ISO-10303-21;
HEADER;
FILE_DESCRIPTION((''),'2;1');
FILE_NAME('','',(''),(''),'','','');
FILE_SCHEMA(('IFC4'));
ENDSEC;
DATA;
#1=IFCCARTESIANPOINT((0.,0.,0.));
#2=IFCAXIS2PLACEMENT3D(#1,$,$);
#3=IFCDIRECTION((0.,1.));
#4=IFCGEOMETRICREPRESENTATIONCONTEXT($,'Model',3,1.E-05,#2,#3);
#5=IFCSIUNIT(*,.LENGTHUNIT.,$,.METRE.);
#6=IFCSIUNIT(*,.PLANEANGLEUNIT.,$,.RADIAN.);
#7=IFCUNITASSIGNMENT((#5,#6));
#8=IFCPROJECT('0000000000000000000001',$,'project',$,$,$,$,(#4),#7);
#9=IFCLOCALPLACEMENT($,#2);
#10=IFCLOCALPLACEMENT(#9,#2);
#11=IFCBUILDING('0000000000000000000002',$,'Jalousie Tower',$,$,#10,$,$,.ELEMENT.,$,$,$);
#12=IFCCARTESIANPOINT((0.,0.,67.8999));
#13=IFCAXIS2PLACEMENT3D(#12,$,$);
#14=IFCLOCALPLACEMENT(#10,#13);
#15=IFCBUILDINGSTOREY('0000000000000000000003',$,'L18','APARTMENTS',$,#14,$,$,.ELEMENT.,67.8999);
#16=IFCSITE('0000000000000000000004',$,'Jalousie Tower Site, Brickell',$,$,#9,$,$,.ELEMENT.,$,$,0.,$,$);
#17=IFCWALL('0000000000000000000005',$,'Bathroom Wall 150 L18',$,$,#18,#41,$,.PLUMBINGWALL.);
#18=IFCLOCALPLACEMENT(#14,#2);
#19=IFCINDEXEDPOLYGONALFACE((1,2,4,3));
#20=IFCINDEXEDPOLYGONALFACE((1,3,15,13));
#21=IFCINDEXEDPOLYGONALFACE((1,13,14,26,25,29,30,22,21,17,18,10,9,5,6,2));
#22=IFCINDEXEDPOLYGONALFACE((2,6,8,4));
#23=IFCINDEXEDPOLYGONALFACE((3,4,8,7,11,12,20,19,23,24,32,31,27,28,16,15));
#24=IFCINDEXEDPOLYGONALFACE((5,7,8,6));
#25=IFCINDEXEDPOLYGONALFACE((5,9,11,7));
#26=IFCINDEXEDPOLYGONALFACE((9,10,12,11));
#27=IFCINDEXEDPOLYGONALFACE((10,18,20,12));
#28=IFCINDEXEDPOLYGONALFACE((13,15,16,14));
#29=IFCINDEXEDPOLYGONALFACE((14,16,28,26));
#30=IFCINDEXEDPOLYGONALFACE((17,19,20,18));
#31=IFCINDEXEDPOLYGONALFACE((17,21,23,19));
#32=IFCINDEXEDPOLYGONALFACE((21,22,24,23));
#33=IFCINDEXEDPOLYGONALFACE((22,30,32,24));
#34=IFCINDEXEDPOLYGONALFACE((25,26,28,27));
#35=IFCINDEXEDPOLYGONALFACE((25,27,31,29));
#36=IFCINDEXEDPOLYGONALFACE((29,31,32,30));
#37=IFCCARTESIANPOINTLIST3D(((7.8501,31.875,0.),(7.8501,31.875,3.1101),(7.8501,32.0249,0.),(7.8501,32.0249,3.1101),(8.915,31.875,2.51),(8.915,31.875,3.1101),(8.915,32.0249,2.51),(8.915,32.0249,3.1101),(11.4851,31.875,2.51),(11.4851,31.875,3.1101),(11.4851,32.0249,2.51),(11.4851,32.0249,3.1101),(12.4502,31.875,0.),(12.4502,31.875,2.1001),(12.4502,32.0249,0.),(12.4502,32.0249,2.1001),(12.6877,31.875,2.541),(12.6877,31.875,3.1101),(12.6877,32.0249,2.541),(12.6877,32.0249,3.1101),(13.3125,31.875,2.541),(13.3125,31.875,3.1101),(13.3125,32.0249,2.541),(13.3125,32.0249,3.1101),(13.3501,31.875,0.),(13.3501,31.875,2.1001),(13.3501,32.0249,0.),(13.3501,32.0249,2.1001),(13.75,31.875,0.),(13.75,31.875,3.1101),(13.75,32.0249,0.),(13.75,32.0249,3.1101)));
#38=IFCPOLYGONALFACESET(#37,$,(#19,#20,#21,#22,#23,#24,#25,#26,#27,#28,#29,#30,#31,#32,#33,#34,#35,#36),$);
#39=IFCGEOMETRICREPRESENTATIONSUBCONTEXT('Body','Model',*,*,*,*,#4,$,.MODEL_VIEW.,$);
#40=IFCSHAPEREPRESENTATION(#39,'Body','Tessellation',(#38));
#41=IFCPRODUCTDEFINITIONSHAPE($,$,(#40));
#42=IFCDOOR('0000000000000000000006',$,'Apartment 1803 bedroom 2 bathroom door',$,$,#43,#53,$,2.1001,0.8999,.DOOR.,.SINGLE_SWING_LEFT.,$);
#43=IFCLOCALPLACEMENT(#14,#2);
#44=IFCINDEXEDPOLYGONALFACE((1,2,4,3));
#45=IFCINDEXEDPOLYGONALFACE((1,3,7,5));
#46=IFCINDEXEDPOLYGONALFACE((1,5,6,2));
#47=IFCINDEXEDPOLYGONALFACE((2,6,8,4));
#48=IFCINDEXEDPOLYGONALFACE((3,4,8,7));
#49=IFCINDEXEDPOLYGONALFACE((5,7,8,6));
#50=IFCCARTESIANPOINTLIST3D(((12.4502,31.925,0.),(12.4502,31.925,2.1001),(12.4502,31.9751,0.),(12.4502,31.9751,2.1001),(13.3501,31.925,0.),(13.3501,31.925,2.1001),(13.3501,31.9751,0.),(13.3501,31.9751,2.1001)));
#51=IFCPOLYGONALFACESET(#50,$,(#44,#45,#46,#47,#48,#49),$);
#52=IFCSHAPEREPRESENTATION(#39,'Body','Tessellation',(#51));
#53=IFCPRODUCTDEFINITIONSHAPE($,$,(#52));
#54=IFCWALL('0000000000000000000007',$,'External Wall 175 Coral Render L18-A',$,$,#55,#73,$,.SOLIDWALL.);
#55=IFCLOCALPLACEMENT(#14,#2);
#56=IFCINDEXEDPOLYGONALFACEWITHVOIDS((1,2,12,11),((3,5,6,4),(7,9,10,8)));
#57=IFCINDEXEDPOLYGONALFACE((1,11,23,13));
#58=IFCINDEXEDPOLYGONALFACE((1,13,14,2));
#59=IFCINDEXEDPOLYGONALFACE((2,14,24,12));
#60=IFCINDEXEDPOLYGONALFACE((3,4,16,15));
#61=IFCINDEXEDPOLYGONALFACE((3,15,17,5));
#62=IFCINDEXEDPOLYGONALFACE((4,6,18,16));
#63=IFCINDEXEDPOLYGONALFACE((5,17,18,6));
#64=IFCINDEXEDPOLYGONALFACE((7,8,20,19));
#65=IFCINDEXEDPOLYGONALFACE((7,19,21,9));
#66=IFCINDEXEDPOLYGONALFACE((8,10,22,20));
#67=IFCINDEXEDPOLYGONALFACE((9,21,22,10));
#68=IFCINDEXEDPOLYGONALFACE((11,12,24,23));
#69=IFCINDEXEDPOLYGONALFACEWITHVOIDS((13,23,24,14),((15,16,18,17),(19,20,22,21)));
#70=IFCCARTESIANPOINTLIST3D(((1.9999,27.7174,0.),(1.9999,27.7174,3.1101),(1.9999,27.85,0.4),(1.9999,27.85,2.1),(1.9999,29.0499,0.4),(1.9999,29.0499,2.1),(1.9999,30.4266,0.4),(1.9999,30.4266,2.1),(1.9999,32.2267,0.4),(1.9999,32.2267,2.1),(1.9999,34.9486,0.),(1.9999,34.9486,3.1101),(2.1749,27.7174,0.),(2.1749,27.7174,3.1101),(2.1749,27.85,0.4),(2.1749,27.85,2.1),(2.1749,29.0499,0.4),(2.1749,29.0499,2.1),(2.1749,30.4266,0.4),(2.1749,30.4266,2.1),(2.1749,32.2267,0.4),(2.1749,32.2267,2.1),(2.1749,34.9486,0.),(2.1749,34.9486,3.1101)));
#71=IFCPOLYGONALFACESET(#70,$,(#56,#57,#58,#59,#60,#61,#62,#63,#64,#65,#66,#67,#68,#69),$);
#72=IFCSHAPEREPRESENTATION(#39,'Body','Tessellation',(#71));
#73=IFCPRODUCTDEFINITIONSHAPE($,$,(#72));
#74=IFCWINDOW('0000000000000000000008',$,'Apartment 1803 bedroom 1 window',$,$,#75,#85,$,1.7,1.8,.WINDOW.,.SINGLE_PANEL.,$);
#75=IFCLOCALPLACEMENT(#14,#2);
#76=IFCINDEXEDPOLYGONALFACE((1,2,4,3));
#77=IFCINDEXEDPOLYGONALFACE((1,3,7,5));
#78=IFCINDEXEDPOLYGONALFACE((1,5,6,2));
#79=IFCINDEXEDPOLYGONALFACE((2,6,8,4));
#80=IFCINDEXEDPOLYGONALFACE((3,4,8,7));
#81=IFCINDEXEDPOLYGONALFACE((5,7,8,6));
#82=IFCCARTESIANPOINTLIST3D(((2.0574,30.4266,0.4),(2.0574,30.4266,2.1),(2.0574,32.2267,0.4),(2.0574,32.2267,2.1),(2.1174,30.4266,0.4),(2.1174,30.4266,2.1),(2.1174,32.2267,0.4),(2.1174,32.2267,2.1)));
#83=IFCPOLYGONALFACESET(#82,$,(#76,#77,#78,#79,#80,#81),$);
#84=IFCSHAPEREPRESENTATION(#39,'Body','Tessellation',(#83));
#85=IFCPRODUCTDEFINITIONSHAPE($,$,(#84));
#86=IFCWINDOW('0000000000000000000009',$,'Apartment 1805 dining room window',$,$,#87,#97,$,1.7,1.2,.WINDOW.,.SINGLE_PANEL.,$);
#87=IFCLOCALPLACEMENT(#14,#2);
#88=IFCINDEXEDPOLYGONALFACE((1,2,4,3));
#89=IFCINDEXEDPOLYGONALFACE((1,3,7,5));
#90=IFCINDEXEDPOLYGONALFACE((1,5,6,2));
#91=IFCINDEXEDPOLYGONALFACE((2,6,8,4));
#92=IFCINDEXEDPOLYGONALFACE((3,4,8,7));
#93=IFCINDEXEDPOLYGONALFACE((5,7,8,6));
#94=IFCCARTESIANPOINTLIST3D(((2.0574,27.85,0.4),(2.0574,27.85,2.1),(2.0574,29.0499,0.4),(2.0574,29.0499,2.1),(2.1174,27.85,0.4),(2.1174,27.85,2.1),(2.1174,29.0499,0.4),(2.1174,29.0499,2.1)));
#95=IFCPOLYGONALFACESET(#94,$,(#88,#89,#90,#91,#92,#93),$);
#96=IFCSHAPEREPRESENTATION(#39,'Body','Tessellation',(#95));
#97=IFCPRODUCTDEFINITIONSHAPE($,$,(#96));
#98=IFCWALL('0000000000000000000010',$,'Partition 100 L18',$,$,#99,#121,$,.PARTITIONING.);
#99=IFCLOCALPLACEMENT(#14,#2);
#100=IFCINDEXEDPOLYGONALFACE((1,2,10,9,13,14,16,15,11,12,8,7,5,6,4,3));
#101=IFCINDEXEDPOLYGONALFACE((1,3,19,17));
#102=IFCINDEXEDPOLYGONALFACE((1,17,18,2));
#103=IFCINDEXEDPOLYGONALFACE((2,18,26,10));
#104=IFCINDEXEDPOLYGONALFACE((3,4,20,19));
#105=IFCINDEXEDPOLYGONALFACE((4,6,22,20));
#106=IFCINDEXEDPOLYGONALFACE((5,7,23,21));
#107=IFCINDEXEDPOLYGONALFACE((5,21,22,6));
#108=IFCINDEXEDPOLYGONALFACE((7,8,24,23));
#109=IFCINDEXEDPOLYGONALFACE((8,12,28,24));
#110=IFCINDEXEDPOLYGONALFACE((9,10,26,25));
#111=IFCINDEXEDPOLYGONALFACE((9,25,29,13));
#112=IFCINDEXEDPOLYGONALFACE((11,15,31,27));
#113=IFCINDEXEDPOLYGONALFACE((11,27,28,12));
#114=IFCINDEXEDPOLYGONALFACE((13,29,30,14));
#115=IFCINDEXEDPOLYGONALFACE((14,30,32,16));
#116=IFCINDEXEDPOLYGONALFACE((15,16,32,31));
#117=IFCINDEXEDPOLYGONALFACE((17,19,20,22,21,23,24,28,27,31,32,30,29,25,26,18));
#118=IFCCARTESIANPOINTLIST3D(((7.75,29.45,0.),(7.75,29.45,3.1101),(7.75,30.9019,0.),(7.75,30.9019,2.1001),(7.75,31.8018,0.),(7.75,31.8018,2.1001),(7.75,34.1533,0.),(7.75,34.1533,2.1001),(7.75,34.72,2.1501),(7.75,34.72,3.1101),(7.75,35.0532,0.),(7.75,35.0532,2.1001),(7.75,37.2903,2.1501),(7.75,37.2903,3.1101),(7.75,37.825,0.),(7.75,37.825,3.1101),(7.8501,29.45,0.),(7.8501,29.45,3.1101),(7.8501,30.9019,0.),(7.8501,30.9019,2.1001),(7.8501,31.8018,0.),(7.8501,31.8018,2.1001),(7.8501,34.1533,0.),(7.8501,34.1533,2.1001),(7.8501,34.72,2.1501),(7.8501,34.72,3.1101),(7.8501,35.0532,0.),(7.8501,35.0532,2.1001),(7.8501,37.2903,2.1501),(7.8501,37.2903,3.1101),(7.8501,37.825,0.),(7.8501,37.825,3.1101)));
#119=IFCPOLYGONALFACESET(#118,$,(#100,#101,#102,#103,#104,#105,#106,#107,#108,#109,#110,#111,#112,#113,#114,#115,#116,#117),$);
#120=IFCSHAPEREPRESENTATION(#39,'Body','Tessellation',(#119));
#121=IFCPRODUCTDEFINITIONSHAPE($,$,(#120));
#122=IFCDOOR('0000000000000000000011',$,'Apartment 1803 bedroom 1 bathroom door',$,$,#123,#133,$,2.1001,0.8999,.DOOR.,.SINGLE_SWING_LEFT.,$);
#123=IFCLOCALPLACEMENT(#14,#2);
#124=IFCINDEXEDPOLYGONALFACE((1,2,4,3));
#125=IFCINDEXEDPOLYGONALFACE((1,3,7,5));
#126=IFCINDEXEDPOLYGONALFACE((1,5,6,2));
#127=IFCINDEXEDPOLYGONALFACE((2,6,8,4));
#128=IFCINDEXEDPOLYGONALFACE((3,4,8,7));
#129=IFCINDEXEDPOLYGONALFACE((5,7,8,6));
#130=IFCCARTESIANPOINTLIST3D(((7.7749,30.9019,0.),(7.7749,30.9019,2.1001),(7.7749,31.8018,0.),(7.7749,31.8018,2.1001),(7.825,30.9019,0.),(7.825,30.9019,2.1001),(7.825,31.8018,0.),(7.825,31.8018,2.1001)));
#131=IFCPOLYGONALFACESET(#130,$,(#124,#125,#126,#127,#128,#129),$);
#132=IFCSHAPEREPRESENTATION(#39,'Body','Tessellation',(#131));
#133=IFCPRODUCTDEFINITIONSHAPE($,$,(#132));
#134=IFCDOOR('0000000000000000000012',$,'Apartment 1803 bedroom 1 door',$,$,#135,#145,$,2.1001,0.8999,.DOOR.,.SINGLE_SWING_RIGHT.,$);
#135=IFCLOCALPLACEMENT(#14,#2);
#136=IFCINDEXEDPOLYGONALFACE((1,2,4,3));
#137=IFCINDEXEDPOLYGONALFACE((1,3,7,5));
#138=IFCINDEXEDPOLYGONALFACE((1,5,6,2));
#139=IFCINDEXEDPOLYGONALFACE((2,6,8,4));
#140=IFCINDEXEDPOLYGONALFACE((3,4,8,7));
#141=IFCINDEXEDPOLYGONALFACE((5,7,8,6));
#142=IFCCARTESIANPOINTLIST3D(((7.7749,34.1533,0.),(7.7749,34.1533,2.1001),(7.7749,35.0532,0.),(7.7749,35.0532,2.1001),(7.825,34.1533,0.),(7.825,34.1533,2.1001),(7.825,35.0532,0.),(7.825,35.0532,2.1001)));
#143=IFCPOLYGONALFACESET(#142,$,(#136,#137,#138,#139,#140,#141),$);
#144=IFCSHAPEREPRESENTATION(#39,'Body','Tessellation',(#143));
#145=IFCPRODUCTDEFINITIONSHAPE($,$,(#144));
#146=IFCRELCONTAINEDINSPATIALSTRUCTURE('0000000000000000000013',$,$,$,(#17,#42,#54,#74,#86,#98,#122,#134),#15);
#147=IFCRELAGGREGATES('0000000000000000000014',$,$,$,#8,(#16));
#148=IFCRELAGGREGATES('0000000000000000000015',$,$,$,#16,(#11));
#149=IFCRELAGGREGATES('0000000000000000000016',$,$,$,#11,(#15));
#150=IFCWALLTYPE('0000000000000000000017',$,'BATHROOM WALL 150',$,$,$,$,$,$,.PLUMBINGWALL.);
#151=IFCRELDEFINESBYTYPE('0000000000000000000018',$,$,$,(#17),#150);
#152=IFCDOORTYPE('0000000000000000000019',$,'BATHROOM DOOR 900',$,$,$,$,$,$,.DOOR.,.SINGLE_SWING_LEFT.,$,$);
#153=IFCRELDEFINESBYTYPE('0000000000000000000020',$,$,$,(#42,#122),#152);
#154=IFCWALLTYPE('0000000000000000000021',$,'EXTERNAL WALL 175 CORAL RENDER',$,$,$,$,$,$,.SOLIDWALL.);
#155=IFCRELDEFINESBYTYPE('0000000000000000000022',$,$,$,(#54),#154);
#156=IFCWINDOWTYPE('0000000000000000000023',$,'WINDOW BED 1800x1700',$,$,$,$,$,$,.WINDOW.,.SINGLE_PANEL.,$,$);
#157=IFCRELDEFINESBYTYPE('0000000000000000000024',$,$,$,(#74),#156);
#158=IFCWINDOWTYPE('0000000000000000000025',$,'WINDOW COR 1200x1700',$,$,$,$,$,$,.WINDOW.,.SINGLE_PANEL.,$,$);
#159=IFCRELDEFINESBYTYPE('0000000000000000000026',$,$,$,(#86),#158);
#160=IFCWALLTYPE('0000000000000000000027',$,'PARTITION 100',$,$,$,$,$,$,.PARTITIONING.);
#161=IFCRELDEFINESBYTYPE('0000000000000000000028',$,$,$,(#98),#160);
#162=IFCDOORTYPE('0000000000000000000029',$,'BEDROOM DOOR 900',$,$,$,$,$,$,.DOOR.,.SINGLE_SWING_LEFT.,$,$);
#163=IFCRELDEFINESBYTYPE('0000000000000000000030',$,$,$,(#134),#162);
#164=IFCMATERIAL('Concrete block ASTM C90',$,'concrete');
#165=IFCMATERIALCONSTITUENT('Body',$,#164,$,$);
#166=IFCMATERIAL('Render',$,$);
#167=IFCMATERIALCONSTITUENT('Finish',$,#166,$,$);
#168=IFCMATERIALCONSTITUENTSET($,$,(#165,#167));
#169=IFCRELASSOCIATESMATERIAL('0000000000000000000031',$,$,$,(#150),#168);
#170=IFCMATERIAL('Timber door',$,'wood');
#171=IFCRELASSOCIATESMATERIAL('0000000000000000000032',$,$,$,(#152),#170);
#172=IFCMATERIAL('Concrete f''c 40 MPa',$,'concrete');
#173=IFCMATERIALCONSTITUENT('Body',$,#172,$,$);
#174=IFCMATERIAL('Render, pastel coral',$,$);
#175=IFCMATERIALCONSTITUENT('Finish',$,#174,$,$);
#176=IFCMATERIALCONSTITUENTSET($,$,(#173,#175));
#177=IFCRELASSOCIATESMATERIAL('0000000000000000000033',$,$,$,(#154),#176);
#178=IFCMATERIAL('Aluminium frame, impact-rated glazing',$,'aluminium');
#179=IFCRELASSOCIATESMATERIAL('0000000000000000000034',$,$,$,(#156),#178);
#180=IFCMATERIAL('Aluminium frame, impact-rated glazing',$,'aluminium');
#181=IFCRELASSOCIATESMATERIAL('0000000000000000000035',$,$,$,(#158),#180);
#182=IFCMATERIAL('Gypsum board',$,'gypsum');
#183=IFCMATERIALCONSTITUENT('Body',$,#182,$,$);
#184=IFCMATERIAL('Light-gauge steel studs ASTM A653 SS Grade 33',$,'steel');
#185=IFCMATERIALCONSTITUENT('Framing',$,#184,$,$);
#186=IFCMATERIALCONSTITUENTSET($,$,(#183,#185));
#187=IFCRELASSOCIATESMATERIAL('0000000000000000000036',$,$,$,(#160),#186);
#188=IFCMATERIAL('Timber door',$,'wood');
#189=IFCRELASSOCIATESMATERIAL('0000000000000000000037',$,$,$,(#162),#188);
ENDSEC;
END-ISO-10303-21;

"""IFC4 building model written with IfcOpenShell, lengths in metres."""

from ifc_helpers import new_model, si_unit, direction, frame, frame_2d, origin, place, context, subcontext, project, spatial, polyline, rectangle, outline, extrude, material, constituent, constituent_set, type_object, element, fill, save


model = new_model("IFC4")

# Units and contexts
model_context = context("Model", 3, precision=1e-05, world=origin(), true_north=direction((0.0, 1.0)))
body_context = subcontext(model_context, "Body", "Model", "MODEL_VIEW")
ifc_project = project(units=[si_unit("LENGTHUNIT", "METRE"), si_unit("PLANEANGLEUNIT", "RADIAN")], contexts=[model_context])

# Site, building, storey
site_placement = place(None, origin())
site = spatial("IfcSite", under=ifc_project, at=site_placement, Name="Jalousie Tower Site, Brickell", CompositionType="ELEMENT", RefElevation=0.0)
building_placement = place(site_placement, origin())
building = spatial("IfcBuilding", under=site, at=building_placement, Name="Jalousie Tower", CompositionType="ELEMENT")
storey_placement = place(building_placement, frame((0.0, 0.0, 67.8999)))
storey = spatial("IfcBuildingStorey", under=building, at=storey_placement, Name="L18", Description="APARTMENTS", CompositionType="ELEMENT", Elevation=67.8999)

# Wall, opening, door
ifc_material_1 = material(Name="Concrete block ASTM C90", Category="concrete")
ifc_constituent_1 = constituent(ifc_material_1, Name="Body")
ifc_material_2 = material(Name="Render")
ifc_constituent_2 = constituent(ifc_material_2, Name="Finish")
ifc_constituent_set_1 = constituent_set(constituents=[ifc_constituent_1, ifc_constituent_2])
wall_type_1 = type_object("IfcWallType", Name="BATHROOM WALL 150", PredefinedType="PLUMBINGWALL", material=ifc_constituent_set_1)
wall_1_placement = place(storey_placement, frame((7.8501, 31.95, 0.0), z_axis=(0.0, 0.0, 1.0), x_axis=(1.0, 0.0, 0.0)))
wall_1 = element("IfcWall", 1, at=wall_1_placement, inside=storey, type_object=wall_type_1, Name="Bathroom Wall 150 L18", PredefinedType="PLUMBINGWALL", context=body_context, shape_type="SweptSolid", body=[
    extrude(outline(polyline([(0.0, 0.0), (5.8999, 0.0), (5.8999, 3.1101), (5.4624, 3.1101), (5.4624, 2.541), (4.8376, 2.541), (4.8376, 3.1101), (3.635, 3.1101), (3.635, 2.51), (1.0649, 2.51), (1.0649, 3.1101), (0.0, 3.1101), (0.0, 0.0)])), frame((0.0, 0.075, 0.0), z_axis=(0.0, -1.0, 0.0), x_axis=(1.0, 0.0, 0.0)), (0.0, 0.0, 1.0), 0.1499),
])
opening_1_placement = place(wall_1_placement, frame((4.6001, 0.0, 0.0)))
opening_1 = element("IfcOpeningElement", 2, at=opening_1_placement, cuts=wall_1, PredefinedType="OPENING", context=body_context, shape_type="SweptSolid", body=[
    extrude(rectangle(XDim=0.8999, YDim=2.1001, at=frame_2d((0.45, 1.05))), frame((0.0, 0.085, 0.0), z_axis=(0.0, -1.0, 0.0), x_axis=(1.0, 0.0, 0.0)), (0.0, 0.0, 1.0), 0.1699),
])
ifc_material_3 = material(Name="Timber door", Category="wood")
door_type_1 = type_object("IfcDoorType", Name="BATHROOM DOOR 900", OperationType="SINGLE_SWING_LEFT", PredefinedType="DOOR", material=ifc_material_3)
door_1_placement = place(opening_1_placement, frame((0.8999, 0.0, 0.0), z_axis=(0.0, 0.0, 1.0), x_axis=(-1.0, 0.0, 0.0)))
door_1 = element("IfcDoor", 3, at=door_1_placement, inside=storey, type_object=door_type_1, Name="Apartment 1803 bedroom 2 bathroom door", OperationType="SINGLE_SWING_LEFT", OverallHeight=2.1001, OverallWidth=0.8999, PredefinedType="DOOR", context=body_context, shape_type="SweptSolid", body=[
    extrude(rectangle(XDim=0.8999, YDim=2.1001, at=frame_2d((0.45, 1.05))), frame((0.0, 0.0249, 0.0), z_axis=(0.0, -1.0, 0.0), x_axis=(1.0, 0.0, 0.0)), (0.0, 0.0, 1.0), 0.05),
])
fill(opening_1, door_1)

# Wall, openings, windows
ifc_material_4 = material(Name="Concrete f'c 40 MPa", Category="concrete")
ifc_constituent_3 = constituent(ifc_material_4, Name="Body")
ifc_material_5 = material(Name="Render, pastel coral")
ifc_constituent_4 = constituent(ifc_material_5, Name="Finish")
ifc_constituent_set_2 = constituent_set(constituents=[ifc_constituent_3, ifc_constituent_4])
wall_type_2 = type_object("IfcWallType", Name="EXTERNAL WALL 175 CORAL RENDER", PredefinedType="SOLIDWALL", material=ifc_constituent_set_2)
wall_2_placement = place(storey_placement, frame((2.0874, 34.9487, 0.0), z_axis=(0.0, 0.0, 1.0), x_axis=(0.0, -1.0, 0.0)))
wall_2 = element("IfcWall", 4, at=wall_2_placement, inside=storey, type_object=wall_type_2, Name="External Wall 175 Coral Render L18-A", PredefinedType="SOLIDWALL", context=body_context, shape_type="SweptSolid", body=[
    extrude(rectangle(XDim=7.2312, YDim=0.175, at=frame_2d((3.6157, 0.0))), origin(), (0.0, 0.0, 1.0), 3.1101),
])
opening_2_placement = place(wall_2_placement, frame((2.7222, 0.0, 0.3999)))
opening_2 = element("IfcOpeningElement", 5, at=opening_2_placement, cuts=wall_2, PredefinedType="OPENING", context=body_context, shape_type="SweptSolid", body=[
    extrude(rectangle(XDim=1.8, YDim=1.7, at=frame_2d((0.8999, 0.8501))), frame((0.0, 0.0974, 0.0), z_axis=(0.0, -1.0, 0.0), x_axis=(1.0, 0.0, 0.0)), (0.0, 0.0, 1.0), 0.1951),
])
opening_3_placement = place(wall_2_placement, frame((5.8987, 0.0, 0.3999)))
opening_3 = element("IfcOpeningElement", 6, at=opening_3_placement, cuts=wall_2, PredefinedType="OPENING", context=body_context, shape_type="SweptSolid", body=[
    extrude(rectangle(XDim=1.2, YDim=1.7, at=frame_2d((0.6001, 0.8501))), frame((0.0, 0.0974, 0.0), z_axis=(0.0, -1.0, 0.0), x_axis=(1.0, 0.0, 0.0)), (0.0, 0.0, 1.0), 0.1951),
])
ifc_material_6 = material(Name="Aluminium frame, impact-rated glazing", Category="aluminium")
window_type_1 = type_object("IfcWindowType", Name="WINDOW BED 1800x1700", PartitioningType="SINGLE_PANEL", PredefinedType="WINDOW", material=ifc_material_6)
window_1_placement = place(opening_2_placement, origin())
window_1 = element("IfcWindow", 7, at=window_1_placement, inside=storey, type_object=window_type_1, Name="Apartment 1803 bedroom 1 window", OverallHeight=1.7, OverallWidth=1.8, PartitioningType="SINGLE_PANEL", PredefinedType="WINDOW", context=body_context, shape_type="SweptSolid", body=[
    extrude(rectangle(XDim=1.8, YDim=1.7, at=frame_2d((0.8999, 0.8501))), frame((0.0, 0.03, 0.0), z_axis=(0.0, -1.0, 0.0), x_axis=(1.0, 0.0, 0.0)), (0.0, 0.0, 1.0), 0.0601),
])
fill(opening_2, window_1)
ifc_material_7 = material(Name="Aluminium frame, impact-rated glazing", Category="aluminium")
window_type_2 = type_object("IfcWindowType", Name="WINDOW COR 1200x1700", PartitioningType="SINGLE_PANEL", PredefinedType="WINDOW", material=ifc_material_7)
window_2_placement = place(opening_3_placement, origin())
window_2 = element("IfcWindow", 8, at=window_2_placement, inside=storey, type_object=window_type_2, Name="Apartment 1805 dining room window", OverallHeight=1.7, OverallWidth=1.2, PartitioningType="SINGLE_PANEL", PredefinedType="WINDOW", context=body_context, shape_type="SweptSolid", body=[
    extrude(rectangle(XDim=1.2, YDim=1.7, at=frame_2d((0.6001, 0.8501))), frame((0.0, 0.03, 0.0), z_axis=(0.0, -1.0, 0.0), x_axis=(1.0, 0.0, 0.0)), (0.0, 0.0, 1.0), 0.0601),
])
fill(opening_3, window_2)

# Wall, openings, doors
ifc_material_8 = material(Name="Gypsum board", Category="gypsum")
ifc_constituent_5 = constituent(ifc_material_8, Name="Body")
ifc_material_9 = material(Name="Light-gauge steel studs ASTM A653 SS Grade 33", Category="steel")
ifc_constituent_6 = constituent(ifc_material_9, Name="Framing")
ifc_constituent_set_3 = constituent_set(constituents=[ifc_constituent_5, ifc_constituent_6])
wall_type_3 = type_object("IfcWallType", Name="PARTITION 100", PredefinedType="PARTITIONING", material=ifc_constituent_set_3)
wall_3_placement = place(storey_placement, frame((7.8, 37.825, 0.0), z_axis=(0.0, 0.0, 1.0), x_axis=(0.0, -1.0, 0.0)))
wall_3 = element("IfcWall", 9, at=wall_3_placement, inside=storey, type_object=wall_type_3, Name="Partition 100 L18", PredefinedType="PARTITIONING", context=body_context, shape_type="SweptSolid", body=[
    extrude(outline(polyline([(0.0, 0.0), (8.375, 0.0), (8.375, 3.1101), (3.105, 3.1101), (3.105, 2.1501), (0.5347, 2.1501), (0.5347, 3.1101), (0.0, 3.1101), (0.0, 0.0)])), frame((0.0, 0.05, 0.0), z_axis=(0.0, -1.0, 0.0), x_axis=(1.0, 0.0, 0.0)), (0.0, 0.0, 1.0), 0.1001),
])
opening_4_placement = place(wall_3_placement, frame((2.7717, 0.0, 0.0)))
opening_4 = element("IfcOpeningElement", 10, at=opening_4_placement, cuts=wall_3, PredefinedType="OPENING", context=body_context, shape_type="SweptSolid", body=[
    extrude(rectangle(XDim=0.8999, YDim=2.1001, at=frame_2d((0.45, 1.05))), frame((0.0, 0.0601, 0.0), z_axis=(0.0, -1.0, 0.0), x_axis=(1.0, 0.0, 0.0)), (0.0, 0.0, 1.0), 0.1201),
])
opening_5_placement = place(wall_3_placement, frame((6.0232, 0.0, 0.0)))
opening_5 = element("IfcOpeningElement", 11, at=opening_5_placement, cuts=wall_3, PredefinedType="OPENING", context=body_context, shape_type="SweptSolid", body=[
    extrude(rectangle(XDim=0.8999, YDim=2.1001, at=frame_2d((0.45, 1.05))), frame((0.0, 0.0601, 0.0), z_axis=(0.0, -1.0, 0.0), x_axis=(1.0, 0.0, 0.0)), (0.0, 0.0, 1.0), 0.1201),
])
door_2_placement = place(opening_5_placement, origin())
door_2 = element("IfcDoor", 12, at=door_2_placement, inside=storey, type_object=door_type_1, Name="Apartment 1803 bedroom 1 bathroom door", OperationType="SINGLE_SWING_LEFT", OverallHeight=2.1001, OverallWidth=0.8999, PredefinedType="DOOR", context=body_context, shape_type="SweptSolid", body=[
    extrude(rectangle(XDim=0.8999, YDim=2.1001, at=frame_2d((0.45, 1.05))), frame((0.0, 0.0249, 0.0), z_axis=(0.0, -1.0, 0.0), x_axis=(1.0, 0.0, 0.0)), (0.0, 0.0, 1.0), 0.05),
])
fill(opening_5, door_2)
ifc_material_10 = material(Name="Timber door", Category="wood")
door_type_2 = type_object("IfcDoorType", Name="BEDROOM DOOR 900", OperationType="SINGLE_SWING_LEFT", PredefinedType="DOOR", material=ifc_material_10)
door_3_placement = place(opening_4_placement, origin())
door_3 = element("IfcDoor", 13, at=door_3_placement, inside=storey, type_object=door_type_2, Name="Apartment 1803 bedroom 1 door", OperationType="SINGLE_SWING_RIGHT", OverallHeight=2.1001, OverallWidth=0.8999, PredefinedType="DOOR", context=body_context, shape_type="SweptSolid", body=[
    extrude(rectangle(XDim=0.8999, YDim=2.1001, at=frame_2d((0.45, 1.05))), frame((0.0, 0.0249, 0.0), z_axis=(0.0, -1.0, 0.0), x_axis=(1.0, 0.0, 0.0)), (0.0, 0.0, 1.0), 0.05),
])
fill(opening_4, door_3)

save(model, "model.ifc")
